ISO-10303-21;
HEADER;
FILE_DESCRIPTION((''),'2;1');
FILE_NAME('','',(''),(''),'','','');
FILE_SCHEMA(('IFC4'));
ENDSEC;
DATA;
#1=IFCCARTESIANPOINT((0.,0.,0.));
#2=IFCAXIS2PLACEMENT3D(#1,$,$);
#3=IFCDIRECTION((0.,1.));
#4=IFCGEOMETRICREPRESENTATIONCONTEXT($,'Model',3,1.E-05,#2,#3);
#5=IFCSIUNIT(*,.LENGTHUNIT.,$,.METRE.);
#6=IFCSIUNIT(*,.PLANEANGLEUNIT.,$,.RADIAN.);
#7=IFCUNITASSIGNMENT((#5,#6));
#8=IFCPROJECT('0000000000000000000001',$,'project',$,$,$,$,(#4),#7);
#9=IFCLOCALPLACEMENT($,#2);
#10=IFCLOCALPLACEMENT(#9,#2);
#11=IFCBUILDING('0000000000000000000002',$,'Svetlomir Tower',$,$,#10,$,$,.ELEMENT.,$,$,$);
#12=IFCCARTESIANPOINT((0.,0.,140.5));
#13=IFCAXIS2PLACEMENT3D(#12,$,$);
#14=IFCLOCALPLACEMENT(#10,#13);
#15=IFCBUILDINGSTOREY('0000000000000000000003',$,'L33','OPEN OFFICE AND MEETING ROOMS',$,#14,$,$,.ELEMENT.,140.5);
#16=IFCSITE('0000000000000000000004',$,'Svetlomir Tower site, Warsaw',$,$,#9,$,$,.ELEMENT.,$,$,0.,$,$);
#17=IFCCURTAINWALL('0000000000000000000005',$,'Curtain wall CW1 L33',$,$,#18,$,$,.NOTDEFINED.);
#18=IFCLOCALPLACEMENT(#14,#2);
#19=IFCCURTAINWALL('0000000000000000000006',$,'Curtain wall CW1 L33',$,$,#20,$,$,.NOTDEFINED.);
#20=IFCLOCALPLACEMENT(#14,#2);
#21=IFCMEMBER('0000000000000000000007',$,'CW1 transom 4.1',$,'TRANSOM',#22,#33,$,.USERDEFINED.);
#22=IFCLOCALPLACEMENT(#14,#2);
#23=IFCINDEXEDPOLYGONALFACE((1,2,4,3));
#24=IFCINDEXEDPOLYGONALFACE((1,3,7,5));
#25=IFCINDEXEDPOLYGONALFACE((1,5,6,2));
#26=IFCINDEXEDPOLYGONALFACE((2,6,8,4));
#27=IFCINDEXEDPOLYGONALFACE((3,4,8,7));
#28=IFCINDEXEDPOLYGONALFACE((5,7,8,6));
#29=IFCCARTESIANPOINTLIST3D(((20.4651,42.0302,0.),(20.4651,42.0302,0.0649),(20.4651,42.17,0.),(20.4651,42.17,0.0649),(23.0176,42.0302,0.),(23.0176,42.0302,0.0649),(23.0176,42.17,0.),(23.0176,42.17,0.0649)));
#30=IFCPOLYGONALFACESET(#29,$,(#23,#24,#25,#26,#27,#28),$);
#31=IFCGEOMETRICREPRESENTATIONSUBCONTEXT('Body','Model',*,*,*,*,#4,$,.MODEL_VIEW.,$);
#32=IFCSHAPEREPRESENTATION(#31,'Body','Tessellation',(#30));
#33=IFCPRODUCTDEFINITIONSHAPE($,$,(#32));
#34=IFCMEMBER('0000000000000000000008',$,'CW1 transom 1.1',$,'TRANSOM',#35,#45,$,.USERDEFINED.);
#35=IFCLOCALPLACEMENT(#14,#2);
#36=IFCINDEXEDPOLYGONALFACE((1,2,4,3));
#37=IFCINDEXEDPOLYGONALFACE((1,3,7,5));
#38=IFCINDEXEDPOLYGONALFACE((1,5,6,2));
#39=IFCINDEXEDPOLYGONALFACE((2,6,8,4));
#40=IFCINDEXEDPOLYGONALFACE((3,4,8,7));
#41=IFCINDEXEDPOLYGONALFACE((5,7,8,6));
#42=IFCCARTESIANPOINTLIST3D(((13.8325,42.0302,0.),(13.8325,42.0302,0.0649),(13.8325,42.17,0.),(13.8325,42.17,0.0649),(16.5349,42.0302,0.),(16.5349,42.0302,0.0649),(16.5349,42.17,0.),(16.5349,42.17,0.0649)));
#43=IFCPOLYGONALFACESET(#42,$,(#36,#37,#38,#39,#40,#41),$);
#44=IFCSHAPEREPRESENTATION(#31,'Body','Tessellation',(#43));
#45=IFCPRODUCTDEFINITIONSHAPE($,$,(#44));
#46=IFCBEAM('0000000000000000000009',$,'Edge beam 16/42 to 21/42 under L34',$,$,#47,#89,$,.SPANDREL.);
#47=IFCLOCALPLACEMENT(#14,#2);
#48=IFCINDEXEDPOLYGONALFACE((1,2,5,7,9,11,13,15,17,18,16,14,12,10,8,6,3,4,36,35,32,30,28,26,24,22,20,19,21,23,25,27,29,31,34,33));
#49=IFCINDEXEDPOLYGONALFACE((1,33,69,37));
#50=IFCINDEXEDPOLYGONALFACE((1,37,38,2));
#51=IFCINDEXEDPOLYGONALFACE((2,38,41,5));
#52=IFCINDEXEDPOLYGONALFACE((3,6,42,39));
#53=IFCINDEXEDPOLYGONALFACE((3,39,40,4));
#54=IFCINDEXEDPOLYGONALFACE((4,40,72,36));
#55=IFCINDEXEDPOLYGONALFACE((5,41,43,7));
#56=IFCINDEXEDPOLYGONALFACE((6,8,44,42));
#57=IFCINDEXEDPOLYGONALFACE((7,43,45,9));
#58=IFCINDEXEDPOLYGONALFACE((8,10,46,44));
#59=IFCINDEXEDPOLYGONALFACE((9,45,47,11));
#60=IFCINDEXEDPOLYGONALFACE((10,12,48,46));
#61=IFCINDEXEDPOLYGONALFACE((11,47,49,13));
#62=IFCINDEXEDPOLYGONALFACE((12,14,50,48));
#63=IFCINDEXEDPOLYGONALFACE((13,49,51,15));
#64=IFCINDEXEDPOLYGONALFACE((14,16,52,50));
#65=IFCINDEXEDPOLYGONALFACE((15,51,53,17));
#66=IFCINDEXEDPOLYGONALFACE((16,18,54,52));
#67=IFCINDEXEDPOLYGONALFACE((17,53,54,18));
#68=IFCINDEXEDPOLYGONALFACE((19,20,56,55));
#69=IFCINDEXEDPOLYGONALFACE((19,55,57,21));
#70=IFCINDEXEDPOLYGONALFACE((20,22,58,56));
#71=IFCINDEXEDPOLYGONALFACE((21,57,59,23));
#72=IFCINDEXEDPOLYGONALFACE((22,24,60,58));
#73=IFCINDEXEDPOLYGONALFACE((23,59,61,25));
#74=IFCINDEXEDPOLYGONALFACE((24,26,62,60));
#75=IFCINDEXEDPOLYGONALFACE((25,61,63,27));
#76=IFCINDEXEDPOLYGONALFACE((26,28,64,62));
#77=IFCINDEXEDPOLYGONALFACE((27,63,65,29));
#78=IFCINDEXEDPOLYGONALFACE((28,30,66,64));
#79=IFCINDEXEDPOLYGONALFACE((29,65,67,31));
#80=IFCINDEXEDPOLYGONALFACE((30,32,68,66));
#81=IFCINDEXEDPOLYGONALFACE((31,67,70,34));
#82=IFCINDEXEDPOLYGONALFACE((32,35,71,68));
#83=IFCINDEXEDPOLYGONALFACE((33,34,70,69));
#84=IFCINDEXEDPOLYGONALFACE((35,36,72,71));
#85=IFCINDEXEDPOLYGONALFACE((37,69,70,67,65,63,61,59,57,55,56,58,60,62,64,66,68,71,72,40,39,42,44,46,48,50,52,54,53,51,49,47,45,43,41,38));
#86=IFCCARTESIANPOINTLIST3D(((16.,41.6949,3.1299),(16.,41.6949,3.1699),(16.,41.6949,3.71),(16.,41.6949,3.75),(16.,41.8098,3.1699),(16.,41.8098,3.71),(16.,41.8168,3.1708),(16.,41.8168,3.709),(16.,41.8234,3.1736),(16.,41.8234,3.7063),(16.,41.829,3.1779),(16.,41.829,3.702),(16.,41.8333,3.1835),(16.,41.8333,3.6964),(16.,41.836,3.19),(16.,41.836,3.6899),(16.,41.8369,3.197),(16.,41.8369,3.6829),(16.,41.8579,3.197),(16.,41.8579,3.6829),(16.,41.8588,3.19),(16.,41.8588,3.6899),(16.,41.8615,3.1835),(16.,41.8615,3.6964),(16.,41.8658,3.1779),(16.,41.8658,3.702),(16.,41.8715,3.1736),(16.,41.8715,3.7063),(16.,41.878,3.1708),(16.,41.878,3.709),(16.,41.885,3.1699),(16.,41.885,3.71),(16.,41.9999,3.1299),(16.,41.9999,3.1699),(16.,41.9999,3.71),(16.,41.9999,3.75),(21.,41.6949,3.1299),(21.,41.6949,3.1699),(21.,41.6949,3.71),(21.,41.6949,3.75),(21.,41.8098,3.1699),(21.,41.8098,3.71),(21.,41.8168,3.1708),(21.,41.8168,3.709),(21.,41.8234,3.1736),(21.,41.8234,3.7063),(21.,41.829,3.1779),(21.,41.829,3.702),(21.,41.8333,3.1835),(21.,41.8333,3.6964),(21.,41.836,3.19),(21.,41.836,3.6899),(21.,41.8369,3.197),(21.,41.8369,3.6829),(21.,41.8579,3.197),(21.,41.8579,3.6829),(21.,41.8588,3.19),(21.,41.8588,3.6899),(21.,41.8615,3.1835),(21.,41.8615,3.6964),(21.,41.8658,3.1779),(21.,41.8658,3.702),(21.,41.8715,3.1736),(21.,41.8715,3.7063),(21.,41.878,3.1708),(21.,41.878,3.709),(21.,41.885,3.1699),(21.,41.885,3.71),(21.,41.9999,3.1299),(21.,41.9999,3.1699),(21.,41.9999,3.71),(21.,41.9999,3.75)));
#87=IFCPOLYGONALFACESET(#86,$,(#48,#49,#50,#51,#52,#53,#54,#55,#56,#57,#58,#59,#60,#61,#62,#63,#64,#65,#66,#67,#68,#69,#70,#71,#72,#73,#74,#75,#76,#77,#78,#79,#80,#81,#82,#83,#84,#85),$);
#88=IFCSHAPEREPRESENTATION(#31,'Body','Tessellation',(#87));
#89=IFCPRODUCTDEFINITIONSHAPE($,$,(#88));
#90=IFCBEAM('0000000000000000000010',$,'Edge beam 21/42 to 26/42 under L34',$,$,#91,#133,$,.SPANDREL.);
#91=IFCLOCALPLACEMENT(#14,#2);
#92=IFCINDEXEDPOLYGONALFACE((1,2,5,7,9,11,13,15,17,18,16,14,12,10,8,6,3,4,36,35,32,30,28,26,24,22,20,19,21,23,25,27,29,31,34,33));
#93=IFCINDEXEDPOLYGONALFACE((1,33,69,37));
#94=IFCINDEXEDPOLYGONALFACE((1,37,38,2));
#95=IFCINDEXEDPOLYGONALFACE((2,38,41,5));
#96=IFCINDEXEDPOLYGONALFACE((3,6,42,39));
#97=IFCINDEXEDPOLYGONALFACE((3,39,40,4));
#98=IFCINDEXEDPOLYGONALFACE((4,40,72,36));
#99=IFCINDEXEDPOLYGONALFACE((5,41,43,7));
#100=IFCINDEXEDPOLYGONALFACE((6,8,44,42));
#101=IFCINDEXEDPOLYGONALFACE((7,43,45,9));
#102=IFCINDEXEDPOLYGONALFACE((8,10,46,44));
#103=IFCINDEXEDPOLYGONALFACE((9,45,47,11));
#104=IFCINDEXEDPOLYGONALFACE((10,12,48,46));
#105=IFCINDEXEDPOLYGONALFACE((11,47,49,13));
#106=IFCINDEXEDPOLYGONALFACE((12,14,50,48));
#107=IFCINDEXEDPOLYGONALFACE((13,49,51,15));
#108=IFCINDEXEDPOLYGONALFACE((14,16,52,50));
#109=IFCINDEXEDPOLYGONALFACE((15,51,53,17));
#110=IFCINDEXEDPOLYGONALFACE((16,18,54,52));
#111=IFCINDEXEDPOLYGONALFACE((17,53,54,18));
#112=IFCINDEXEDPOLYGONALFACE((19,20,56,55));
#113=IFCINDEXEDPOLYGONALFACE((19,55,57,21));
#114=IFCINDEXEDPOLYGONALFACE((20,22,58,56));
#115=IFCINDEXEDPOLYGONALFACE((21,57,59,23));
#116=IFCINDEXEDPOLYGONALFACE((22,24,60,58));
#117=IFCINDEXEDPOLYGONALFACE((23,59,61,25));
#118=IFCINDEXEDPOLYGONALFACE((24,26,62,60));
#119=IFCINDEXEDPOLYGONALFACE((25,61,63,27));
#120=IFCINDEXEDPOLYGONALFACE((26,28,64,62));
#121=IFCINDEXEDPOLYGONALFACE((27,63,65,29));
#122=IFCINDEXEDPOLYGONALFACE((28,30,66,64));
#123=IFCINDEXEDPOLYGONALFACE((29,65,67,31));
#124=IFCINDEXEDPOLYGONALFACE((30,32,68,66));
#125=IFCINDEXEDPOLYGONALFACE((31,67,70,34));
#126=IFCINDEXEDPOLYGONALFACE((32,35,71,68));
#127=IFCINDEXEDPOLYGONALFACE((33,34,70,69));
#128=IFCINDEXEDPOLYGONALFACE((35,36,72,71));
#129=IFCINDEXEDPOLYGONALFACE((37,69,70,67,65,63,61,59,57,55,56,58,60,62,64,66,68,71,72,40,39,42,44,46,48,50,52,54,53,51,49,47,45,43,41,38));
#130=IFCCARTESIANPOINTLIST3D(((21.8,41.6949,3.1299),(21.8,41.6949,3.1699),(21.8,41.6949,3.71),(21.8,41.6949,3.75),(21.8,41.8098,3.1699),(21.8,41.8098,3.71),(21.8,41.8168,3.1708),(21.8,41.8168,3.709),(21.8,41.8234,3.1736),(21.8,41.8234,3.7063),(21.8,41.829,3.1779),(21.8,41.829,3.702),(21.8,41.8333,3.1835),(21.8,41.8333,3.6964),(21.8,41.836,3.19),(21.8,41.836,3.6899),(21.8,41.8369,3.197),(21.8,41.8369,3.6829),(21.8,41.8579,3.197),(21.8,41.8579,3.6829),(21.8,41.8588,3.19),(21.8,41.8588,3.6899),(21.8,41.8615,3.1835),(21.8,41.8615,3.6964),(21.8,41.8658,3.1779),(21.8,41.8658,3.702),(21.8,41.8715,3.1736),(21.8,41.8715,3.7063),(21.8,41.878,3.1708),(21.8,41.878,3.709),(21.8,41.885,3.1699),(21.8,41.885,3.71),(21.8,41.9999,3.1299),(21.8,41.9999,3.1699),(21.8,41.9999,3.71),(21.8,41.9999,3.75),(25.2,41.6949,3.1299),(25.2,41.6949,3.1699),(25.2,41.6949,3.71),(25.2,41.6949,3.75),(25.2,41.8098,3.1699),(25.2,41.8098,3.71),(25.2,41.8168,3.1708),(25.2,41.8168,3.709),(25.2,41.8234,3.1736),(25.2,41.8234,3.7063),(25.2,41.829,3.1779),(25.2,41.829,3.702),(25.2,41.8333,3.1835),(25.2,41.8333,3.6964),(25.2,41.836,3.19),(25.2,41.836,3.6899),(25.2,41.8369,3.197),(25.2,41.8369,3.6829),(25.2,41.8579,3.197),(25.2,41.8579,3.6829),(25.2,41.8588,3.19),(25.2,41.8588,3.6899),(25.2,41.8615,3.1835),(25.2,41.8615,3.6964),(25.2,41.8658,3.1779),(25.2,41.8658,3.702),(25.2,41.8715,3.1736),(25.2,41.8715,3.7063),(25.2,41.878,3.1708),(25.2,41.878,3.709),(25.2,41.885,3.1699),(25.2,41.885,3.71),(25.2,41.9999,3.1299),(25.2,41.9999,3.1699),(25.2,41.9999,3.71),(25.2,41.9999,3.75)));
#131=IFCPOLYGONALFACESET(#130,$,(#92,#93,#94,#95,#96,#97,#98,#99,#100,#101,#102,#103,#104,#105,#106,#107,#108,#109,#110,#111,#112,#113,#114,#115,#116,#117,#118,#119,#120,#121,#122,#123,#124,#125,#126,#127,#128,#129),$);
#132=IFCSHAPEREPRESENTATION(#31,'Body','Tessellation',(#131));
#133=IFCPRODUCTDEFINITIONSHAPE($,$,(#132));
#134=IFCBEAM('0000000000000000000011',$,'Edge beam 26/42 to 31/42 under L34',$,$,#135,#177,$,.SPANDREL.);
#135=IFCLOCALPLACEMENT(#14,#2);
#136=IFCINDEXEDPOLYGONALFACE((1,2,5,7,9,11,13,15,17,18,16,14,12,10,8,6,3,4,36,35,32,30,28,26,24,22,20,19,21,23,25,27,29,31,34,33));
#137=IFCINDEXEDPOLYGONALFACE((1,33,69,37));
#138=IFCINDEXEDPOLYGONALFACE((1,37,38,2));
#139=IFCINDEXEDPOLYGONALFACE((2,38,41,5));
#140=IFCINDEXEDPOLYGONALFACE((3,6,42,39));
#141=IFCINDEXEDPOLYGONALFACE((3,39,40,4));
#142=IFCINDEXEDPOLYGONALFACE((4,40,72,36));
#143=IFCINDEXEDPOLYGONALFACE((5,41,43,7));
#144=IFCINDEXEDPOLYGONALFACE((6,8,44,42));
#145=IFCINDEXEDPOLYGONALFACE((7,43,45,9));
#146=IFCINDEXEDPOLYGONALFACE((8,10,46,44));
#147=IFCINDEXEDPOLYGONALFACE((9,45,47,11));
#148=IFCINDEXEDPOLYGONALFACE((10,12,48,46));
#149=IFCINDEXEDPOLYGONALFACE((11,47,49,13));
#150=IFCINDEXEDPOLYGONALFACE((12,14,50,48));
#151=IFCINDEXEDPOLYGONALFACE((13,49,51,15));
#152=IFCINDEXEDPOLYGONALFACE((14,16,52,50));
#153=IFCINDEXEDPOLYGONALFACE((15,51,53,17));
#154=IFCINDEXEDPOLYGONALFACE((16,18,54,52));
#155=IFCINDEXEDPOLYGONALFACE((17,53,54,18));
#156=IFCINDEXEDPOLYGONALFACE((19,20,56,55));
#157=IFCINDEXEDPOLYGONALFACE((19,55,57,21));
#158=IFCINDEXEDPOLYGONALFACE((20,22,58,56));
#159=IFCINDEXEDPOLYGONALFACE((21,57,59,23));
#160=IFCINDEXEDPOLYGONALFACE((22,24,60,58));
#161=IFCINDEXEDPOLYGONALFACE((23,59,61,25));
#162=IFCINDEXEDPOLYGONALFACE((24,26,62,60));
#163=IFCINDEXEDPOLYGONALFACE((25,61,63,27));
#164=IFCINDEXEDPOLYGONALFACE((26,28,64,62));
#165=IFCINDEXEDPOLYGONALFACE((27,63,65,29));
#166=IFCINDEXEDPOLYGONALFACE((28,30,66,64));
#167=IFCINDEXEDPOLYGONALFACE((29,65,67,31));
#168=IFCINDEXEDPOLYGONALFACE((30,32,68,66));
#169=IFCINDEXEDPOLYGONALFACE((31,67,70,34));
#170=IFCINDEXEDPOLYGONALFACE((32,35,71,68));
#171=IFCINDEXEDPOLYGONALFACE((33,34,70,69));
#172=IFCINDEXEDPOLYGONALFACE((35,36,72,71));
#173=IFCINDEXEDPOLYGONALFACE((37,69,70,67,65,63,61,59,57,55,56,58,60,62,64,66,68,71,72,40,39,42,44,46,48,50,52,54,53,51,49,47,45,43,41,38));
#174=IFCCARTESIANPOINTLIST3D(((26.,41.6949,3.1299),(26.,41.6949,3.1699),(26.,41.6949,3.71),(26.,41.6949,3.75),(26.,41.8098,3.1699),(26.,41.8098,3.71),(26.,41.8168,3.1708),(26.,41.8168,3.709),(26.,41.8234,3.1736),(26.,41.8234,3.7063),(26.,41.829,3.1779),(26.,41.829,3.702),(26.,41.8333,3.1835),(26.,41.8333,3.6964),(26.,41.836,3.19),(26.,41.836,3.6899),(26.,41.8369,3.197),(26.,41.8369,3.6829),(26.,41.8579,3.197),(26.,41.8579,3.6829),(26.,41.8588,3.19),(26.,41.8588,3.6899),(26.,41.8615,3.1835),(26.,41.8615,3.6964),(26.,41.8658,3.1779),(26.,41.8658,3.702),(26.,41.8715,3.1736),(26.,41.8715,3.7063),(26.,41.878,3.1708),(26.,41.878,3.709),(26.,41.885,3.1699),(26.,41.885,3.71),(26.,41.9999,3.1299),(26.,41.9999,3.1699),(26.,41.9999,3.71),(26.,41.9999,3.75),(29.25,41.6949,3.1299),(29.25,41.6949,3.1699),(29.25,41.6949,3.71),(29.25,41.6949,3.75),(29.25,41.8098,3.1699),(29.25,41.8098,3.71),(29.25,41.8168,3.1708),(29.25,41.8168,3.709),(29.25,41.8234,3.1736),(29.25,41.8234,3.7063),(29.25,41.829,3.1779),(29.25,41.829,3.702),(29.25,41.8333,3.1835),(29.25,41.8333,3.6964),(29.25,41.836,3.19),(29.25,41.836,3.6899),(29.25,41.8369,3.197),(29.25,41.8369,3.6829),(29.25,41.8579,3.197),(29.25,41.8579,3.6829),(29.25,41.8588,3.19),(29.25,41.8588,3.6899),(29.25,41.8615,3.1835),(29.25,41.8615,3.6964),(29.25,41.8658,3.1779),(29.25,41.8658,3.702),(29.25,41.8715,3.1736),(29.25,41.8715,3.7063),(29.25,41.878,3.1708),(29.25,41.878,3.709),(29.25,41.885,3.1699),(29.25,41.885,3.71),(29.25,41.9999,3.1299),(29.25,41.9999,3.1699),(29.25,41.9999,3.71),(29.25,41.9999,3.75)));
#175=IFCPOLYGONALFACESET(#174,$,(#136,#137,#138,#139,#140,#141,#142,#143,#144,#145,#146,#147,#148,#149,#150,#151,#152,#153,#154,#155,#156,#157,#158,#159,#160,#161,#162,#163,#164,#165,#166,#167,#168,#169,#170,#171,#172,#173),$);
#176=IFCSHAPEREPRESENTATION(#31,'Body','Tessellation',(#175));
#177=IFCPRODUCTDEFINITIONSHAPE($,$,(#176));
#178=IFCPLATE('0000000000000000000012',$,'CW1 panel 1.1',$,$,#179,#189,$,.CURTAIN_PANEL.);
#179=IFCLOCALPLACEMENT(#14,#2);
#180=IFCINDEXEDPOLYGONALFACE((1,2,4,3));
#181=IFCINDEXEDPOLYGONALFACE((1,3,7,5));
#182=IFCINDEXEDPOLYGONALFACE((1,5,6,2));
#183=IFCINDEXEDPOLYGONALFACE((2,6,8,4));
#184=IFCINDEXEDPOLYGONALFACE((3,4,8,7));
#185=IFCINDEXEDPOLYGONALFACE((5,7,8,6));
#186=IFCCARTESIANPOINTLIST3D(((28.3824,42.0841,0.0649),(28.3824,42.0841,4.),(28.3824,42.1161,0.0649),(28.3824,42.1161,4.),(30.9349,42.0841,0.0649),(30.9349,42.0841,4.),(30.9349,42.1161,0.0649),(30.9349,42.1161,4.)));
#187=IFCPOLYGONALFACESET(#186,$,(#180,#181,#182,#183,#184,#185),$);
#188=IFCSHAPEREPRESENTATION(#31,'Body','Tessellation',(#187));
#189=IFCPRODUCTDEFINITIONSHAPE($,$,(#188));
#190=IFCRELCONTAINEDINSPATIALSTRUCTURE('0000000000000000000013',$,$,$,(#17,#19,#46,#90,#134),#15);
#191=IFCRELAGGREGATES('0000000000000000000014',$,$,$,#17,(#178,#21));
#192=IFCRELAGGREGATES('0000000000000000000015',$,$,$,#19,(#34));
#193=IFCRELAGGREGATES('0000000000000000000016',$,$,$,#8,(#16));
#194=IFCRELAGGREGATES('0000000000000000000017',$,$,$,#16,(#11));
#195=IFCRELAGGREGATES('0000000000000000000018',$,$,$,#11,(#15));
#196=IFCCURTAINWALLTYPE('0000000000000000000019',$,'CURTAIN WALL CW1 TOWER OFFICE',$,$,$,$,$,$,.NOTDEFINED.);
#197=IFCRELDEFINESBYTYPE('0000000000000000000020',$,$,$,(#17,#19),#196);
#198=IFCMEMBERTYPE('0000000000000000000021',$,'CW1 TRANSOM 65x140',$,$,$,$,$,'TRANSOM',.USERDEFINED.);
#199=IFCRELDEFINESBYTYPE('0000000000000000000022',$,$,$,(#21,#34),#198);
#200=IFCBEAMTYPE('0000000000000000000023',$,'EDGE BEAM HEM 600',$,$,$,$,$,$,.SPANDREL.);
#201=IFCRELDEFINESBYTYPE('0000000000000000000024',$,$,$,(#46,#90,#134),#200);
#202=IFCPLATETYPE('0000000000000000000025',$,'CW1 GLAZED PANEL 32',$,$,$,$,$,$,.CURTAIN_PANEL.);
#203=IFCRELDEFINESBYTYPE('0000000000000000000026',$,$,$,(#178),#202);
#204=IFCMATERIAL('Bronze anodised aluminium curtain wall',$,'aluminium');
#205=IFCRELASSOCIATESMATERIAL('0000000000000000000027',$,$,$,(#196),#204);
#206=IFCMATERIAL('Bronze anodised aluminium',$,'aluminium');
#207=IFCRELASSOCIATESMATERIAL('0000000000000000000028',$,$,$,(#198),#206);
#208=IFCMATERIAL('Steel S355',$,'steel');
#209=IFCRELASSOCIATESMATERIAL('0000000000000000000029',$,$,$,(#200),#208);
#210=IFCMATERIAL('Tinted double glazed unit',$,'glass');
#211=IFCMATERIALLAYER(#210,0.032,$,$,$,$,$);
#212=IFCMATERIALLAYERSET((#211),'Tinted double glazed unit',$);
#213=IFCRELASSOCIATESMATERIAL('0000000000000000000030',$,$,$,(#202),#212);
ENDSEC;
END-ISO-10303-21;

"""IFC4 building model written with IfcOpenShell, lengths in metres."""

from ifc_helpers import new_model, si_unit, direction, frame, origin, origin_2d, place, context, subcontext, project, spatial, rectangle, i_section, extrude, material, layer, layer_set, material_profile, profile_set, type_object, element, aggregate, save


model = new_model("IFC4")

# Units and contexts
model_context = context("Model", 3, precision=1e-05, world=origin(), true_north=direction((0.0, 1.0)))
body_context = subcontext(model_context, "Body", "Model", "MODEL_VIEW")
ifc_project = project(units=[si_unit("LENGTHUNIT", "METRE"), si_unit("PLANEANGLEUNIT", "RADIAN")], contexts=[model_context])

# Site, building, storey
site_placement = place(None, origin())
site = spatial("IfcSite", under=ifc_project, at=site_placement, Name="Svetlomir Tower site, Warsaw", CompositionType="ELEMENT", RefElevation=0.0)
building_placement = place(site_placement, origin())
building = spatial("IfcBuilding", under=site, at=building_placement, Name="Svetlomir Tower", CompositionType="ELEMENT")
storey_placement = place(building_placement, frame((0.0, 0.0, 140.5)))
storey = spatial("IfcBuildingStorey", under=building, at=storey_placement, Name="L33", Description="OPEN OFFICE AND MEETING ROOMS", CompositionType="ELEMENT", Elevation=140.5)

# Curtain wall
ifc_material_1 = material(Name="Bronze anodised aluminium curtain wall", Category="aluminium")
curtain_wall_type = type_object("IfcCurtainWallType", Name="CURTAIN WALL CW1 TOWER OFFICE", PredefinedType="NOTDEFINED", material=ifc_material_1)
curtain_wall_1_placement = place(storey_placement, origin())
curtain_wall_1 = element("IfcCurtainWall", 1, at=curtain_wall_1_placement, inside=storey, type_object=curtain_wall_type, Name="Curtain wall CW1 L33", PredefinedType="NOTDEFINED")

# Curtain wall
curtain_wall_2_placement = place(storey_placement, origin())
curtain_wall_2 = element("IfcCurtainWall", 2, at=curtain_wall_2_placement, inside=storey, type_object=curtain_wall_type, Name="Curtain wall CW1 L33", PredefinedType="NOTDEFINED")

# Members
ifc_material_2 = material(Name="Bronze anodised aluminium", Category="aluminium")
ifc_material_profile_1 = material_profile(ifc_material_2, rectangle(XDim=0.1399, YDim=0.0649, at=origin_2d()), Name="AL 140x65")
ifc_profile_set_1 = profile_set([ifc_material_profile_1], Name="Bronze anodised aluminium 6063-T6")
member_type_1 = type_object("IfcMemberType", Name="CW1 TRANSOM 65x140", ElementType="TRANSOM", PredefinedType="USERDEFINED", material=ifc_profile_set_1)
member_1_placement = place(storey_placement, frame((23.0176, 42.1001, 0.0325), z_axis=(-1.0, 0.0, 0.0), x_axis=(0.0, -1.0, 0.0)))
member_1 = element("IfcMember", 3, at=member_1_placement, type_object=member_type_1, Name="CW1 transom 4.1", ObjectType="TRANSOM", PredefinedType="USERDEFINED", context=body_context, shape_type="SweptSolid", body=[
    extrude(rectangle(XDim=0.1399, YDim=0.0649, at=origin_2d()), origin(), (0.0, 0.0, 1.0), 2.5525),
])
member_2_placement = place(storey_placement, frame((16.5349, 42.1001, 0.0325), z_axis=(-1.0, 0.0, 0.0), x_axis=(0.0, -1.0, 0.0)))
member_2 = element("IfcMember", 4, at=member_2_placement, type_object=member_type_1, Name="CW1 transom 1.1", ObjectType="TRANSOM", PredefinedType="USERDEFINED", context=body_context, shape_type="SweptSolid", body=[
    extrude(rectangle(XDim=0.1399, YDim=0.0649, at=origin_2d()), origin(), (0.0, 0.0, 1.0), 2.7024),
])

# Beams
ifc_material_3 = material(Name="Steel S355", Category="steel")
ifc_material_profile_2 = material_profile(ifc_material_3, i_section(OverallWidth=0.3049, OverallDepth=0.6201, WebThickness=0.021, FlangeThickness=0.04, FilletRadius=0.0271, at=origin_2d()), Name="HEM 600")
ifc_profile_set_2 = profile_set([ifc_material_profile_2], Name="Steel S355")
beam_type_1 = type_object("IfcBeamType", Name="EDGE BEAM HEM 600", PredefinedType="SPANDREL", material=ifc_profile_set_2)
beam_1_placement = place(storey_placement, frame((16.0, 41.8474, 3.4399), z_axis=(1.0, 0.0, 0.0), x_axis=(0.0, 1.0, 0.0)))
element("IfcBeam", 5, at=beam_1_placement, inside=storey, type_object=beam_type_1, Name="Edge beam 16/42 to 21/42 under L34", PredefinedType="SPANDREL", context=body_context, shape_type="SweptSolid", body=[
    extrude(i_section(OverallWidth=0.3049, OverallDepth=0.6201, WebThickness=0.021, FlangeThickness=0.04, FilletRadius=0.0271, at=origin_2d()), origin(), (0.0, 0.0, 1.0), 5.0),
])
beam_2_placement = place(storey_placement, frame((21.8, 41.8474, 3.4399), z_axis=(1.0, 0.0, 0.0), x_axis=(0.0, 1.0, 0.0)))
element("IfcBeam", 6, at=beam_2_placement, inside=storey, type_object=beam_type_1, Name="Edge beam 21/42 to 26/42 under L34", PredefinedType="SPANDREL", context=body_context, shape_type="SweptSolid", body=[
    extrude(i_section(OverallWidth=0.3049, OverallDepth=0.6201, WebThickness=0.021, FlangeThickness=0.04, FilletRadius=0.0271, at=origin_2d()), origin(), (0.0, 0.0, 1.0), 3.3999),
])
beam_3_placement = place(storey_placement, frame((26.0, 41.8474, 3.4399), z_axis=(1.0, 0.0, 0.0), x_axis=(0.0, 1.0, 0.0)))
element("IfcBeam", 7, at=beam_3_placement, inside=storey, type_object=beam_type_1, Name="Edge beam 26/42 to 31/42 under L34", PredefinedType="SPANDREL", context=body_context, shape_type="SweptSolid", body=[
    extrude(i_section(OverallWidth=0.3049, OverallDepth=0.6201, WebThickness=0.021, FlangeThickness=0.04, FilletRadius=0.0271, at=origin_2d()), origin(), (0.0, 0.0, 1.0), 3.25),
])

# Plate
ifc_material_4 = material(Name="Tinted double glazed unit", Category="glass")
ifc_layer_1 = layer(ifc_material_4, 0.032)
ifc_layer_set_1 = layer_set([ifc_layer_1], Name="Tinted double glazed unit")
plate_type = type_object("IfcPlateType", Name="CW1 GLAZED PANEL 32", PredefinedType="CURTAIN_PANEL", material=ifc_layer_set_1)
plate_1_placement = place(storey_placement, frame((29.6587, 42.1001, 0.0649), z_axis=(0.0, 0.0, 1.0), x_axis=(-1.0, 0.0, 0.0)))
plate_1 = element("IfcPlate", 8, at=plate_1_placement, type_object=plate_type, Name="CW1 panel 1.1", PredefinedType="CURTAIN_PANEL", context=body_context, shape_type="SweptSolid", body=[
    extrude(rectangle(XDim=2.5525, YDim=0.032, at=origin_2d()), origin(), (0.0, 0.0, 1.0), 3.9351),
])
aggregate(curtain_wall_1, [plate_1, member_1])
aggregate(curtain_wall_2, [member_2])

save(model, "model.ifc")
